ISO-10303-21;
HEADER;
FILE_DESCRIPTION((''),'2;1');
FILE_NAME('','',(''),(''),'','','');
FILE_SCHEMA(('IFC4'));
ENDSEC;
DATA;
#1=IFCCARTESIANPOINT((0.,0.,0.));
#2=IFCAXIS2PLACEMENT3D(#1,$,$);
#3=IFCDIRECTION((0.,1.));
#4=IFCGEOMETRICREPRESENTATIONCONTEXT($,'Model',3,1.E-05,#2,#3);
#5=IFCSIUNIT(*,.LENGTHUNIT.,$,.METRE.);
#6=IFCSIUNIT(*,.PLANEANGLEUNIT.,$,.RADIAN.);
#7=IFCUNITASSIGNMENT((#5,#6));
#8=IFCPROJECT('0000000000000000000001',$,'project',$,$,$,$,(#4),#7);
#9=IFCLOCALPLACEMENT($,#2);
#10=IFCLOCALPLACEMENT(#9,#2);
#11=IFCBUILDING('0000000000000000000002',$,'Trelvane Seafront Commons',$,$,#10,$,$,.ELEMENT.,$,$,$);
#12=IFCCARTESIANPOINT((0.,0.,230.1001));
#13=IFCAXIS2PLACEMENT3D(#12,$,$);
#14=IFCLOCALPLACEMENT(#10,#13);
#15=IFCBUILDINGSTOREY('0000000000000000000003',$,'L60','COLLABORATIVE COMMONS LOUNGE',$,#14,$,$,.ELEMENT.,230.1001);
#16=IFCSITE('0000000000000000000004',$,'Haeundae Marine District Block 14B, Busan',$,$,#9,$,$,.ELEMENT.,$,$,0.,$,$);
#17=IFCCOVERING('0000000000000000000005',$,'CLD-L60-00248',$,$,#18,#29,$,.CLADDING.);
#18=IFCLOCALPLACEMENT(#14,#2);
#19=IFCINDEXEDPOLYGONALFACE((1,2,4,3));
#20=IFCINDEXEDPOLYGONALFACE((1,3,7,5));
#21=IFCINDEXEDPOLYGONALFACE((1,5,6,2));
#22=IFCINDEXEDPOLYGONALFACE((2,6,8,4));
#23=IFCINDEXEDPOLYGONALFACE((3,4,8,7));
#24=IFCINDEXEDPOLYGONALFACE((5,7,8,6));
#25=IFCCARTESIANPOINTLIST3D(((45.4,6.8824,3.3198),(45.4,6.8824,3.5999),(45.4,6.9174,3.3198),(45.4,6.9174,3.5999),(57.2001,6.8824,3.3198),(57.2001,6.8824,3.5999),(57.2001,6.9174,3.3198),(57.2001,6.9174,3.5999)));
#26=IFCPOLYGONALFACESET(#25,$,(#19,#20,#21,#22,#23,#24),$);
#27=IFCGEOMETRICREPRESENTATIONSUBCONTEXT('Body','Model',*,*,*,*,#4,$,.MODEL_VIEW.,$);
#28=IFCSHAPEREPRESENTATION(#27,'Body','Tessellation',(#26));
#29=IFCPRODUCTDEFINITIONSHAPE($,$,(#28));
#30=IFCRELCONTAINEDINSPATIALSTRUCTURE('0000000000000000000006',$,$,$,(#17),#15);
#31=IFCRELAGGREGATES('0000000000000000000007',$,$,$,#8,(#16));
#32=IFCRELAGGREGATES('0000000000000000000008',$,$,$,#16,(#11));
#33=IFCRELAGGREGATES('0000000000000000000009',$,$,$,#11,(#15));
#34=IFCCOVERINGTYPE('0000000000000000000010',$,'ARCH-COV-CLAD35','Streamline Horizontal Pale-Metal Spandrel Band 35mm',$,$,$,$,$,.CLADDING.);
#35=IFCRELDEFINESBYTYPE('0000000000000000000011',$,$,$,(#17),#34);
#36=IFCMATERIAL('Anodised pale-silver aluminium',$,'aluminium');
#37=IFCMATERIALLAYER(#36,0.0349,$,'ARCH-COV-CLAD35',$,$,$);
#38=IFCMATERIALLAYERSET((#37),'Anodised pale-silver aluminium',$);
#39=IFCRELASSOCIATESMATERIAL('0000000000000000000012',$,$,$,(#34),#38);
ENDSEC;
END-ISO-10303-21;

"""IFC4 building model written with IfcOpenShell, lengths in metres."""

from ifc_helpers import new_model, si_unit, direction, frame, origin, origin_2d, place, context, subcontext, project, spatial, rectangle, extrude, source, transform, mapped, material, layer, layer_set, type_object, element, save


model = new_model("IFC4")

# Units and contexts
model_context = context("Model", 3, precision=1e-05, world=origin(), true_north=direction((0.0, 1.0)))
body_context = subcontext(model_context, "Body", "Model", "MODEL_VIEW")
ifc_project = project(units=[si_unit("LENGTHUNIT", "METRE"), si_unit("PLANEANGLEUNIT", "RADIAN")], contexts=[model_context])

# Site, building, storey
site_placement = place(None, origin())
site = spatial("IfcSite", under=ifc_project, at=site_placement, Name="Haeundae Marine District Block 14B, Busan", CompositionType="ELEMENT", RefElevation=0.0)
building_placement = place(site_placement, origin())
building = spatial("IfcBuilding", under=site, at=building_placement, Name="Trelvane Seafront Commons", CompositionType="ELEMENT")
storey_placement = place(building_placement, frame((0.0, 0.0, 230.1001)))
storey = spatial("IfcBuildingStorey", under=building, at=storey_placement, Name="L60", Description="COLLABORATIVE COMMONS LOUNGE", CompositionType="ELEMENT", Elevation=230.1001)

# Shared definitions
ifc_material_1 = material(Name="Anodised pale-silver aluminium", Category="aluminium")

# Covering
ifc_layer_1 = layer(ifc_material_1, 0.0349, Name="ARCH-COV-CLAD35")
ifc_layer_set_1 = layer_set([ifc_layer_1], Name="Anodised pale-silver aluminium")
covering_type = type_object("IfcCoveringType", Name="ARCH-COV-CLAD35", Description="Streamline Horizontal Pale-Metal Spandrel Band 35mm", PredefinedType="CLADDING", material=ifc_layer_set_1)
shared_shape_1 = source(origin(), body_context, "Body", "SweptSolid", [
    extrude(rectangle(XDim=11.8, YDim=0.0349, at=origin_2d()), origin(), (0.0, 0.0, 1.0), 0.28),
])
covering_1_placement = place(storey_placement, frame((51.3, 6.8999, 3.3198), z_axis=(0.0, 0.0, 1.0), x_axis=(-1.0, 0.0, 0.0)))
element("IfcCovering", 1, at=covering_1_placement, inside=storey, type_object=covering_type, Name="CLD-L60-00248", PredefinedType="CLADDING", context=body_context, shape_type="MappedRepresentation", body=[
    mapped(shared_shape_1, transform((0.0, 0.0, 0.0), x_axis=(1.0, 0.0, 0.0), y_axis=(0.0, 1.0, 0.0), z_axis=(0.0, 0.0, 1.0), scale=1.0)),
])

save(model, "model.ifc")
